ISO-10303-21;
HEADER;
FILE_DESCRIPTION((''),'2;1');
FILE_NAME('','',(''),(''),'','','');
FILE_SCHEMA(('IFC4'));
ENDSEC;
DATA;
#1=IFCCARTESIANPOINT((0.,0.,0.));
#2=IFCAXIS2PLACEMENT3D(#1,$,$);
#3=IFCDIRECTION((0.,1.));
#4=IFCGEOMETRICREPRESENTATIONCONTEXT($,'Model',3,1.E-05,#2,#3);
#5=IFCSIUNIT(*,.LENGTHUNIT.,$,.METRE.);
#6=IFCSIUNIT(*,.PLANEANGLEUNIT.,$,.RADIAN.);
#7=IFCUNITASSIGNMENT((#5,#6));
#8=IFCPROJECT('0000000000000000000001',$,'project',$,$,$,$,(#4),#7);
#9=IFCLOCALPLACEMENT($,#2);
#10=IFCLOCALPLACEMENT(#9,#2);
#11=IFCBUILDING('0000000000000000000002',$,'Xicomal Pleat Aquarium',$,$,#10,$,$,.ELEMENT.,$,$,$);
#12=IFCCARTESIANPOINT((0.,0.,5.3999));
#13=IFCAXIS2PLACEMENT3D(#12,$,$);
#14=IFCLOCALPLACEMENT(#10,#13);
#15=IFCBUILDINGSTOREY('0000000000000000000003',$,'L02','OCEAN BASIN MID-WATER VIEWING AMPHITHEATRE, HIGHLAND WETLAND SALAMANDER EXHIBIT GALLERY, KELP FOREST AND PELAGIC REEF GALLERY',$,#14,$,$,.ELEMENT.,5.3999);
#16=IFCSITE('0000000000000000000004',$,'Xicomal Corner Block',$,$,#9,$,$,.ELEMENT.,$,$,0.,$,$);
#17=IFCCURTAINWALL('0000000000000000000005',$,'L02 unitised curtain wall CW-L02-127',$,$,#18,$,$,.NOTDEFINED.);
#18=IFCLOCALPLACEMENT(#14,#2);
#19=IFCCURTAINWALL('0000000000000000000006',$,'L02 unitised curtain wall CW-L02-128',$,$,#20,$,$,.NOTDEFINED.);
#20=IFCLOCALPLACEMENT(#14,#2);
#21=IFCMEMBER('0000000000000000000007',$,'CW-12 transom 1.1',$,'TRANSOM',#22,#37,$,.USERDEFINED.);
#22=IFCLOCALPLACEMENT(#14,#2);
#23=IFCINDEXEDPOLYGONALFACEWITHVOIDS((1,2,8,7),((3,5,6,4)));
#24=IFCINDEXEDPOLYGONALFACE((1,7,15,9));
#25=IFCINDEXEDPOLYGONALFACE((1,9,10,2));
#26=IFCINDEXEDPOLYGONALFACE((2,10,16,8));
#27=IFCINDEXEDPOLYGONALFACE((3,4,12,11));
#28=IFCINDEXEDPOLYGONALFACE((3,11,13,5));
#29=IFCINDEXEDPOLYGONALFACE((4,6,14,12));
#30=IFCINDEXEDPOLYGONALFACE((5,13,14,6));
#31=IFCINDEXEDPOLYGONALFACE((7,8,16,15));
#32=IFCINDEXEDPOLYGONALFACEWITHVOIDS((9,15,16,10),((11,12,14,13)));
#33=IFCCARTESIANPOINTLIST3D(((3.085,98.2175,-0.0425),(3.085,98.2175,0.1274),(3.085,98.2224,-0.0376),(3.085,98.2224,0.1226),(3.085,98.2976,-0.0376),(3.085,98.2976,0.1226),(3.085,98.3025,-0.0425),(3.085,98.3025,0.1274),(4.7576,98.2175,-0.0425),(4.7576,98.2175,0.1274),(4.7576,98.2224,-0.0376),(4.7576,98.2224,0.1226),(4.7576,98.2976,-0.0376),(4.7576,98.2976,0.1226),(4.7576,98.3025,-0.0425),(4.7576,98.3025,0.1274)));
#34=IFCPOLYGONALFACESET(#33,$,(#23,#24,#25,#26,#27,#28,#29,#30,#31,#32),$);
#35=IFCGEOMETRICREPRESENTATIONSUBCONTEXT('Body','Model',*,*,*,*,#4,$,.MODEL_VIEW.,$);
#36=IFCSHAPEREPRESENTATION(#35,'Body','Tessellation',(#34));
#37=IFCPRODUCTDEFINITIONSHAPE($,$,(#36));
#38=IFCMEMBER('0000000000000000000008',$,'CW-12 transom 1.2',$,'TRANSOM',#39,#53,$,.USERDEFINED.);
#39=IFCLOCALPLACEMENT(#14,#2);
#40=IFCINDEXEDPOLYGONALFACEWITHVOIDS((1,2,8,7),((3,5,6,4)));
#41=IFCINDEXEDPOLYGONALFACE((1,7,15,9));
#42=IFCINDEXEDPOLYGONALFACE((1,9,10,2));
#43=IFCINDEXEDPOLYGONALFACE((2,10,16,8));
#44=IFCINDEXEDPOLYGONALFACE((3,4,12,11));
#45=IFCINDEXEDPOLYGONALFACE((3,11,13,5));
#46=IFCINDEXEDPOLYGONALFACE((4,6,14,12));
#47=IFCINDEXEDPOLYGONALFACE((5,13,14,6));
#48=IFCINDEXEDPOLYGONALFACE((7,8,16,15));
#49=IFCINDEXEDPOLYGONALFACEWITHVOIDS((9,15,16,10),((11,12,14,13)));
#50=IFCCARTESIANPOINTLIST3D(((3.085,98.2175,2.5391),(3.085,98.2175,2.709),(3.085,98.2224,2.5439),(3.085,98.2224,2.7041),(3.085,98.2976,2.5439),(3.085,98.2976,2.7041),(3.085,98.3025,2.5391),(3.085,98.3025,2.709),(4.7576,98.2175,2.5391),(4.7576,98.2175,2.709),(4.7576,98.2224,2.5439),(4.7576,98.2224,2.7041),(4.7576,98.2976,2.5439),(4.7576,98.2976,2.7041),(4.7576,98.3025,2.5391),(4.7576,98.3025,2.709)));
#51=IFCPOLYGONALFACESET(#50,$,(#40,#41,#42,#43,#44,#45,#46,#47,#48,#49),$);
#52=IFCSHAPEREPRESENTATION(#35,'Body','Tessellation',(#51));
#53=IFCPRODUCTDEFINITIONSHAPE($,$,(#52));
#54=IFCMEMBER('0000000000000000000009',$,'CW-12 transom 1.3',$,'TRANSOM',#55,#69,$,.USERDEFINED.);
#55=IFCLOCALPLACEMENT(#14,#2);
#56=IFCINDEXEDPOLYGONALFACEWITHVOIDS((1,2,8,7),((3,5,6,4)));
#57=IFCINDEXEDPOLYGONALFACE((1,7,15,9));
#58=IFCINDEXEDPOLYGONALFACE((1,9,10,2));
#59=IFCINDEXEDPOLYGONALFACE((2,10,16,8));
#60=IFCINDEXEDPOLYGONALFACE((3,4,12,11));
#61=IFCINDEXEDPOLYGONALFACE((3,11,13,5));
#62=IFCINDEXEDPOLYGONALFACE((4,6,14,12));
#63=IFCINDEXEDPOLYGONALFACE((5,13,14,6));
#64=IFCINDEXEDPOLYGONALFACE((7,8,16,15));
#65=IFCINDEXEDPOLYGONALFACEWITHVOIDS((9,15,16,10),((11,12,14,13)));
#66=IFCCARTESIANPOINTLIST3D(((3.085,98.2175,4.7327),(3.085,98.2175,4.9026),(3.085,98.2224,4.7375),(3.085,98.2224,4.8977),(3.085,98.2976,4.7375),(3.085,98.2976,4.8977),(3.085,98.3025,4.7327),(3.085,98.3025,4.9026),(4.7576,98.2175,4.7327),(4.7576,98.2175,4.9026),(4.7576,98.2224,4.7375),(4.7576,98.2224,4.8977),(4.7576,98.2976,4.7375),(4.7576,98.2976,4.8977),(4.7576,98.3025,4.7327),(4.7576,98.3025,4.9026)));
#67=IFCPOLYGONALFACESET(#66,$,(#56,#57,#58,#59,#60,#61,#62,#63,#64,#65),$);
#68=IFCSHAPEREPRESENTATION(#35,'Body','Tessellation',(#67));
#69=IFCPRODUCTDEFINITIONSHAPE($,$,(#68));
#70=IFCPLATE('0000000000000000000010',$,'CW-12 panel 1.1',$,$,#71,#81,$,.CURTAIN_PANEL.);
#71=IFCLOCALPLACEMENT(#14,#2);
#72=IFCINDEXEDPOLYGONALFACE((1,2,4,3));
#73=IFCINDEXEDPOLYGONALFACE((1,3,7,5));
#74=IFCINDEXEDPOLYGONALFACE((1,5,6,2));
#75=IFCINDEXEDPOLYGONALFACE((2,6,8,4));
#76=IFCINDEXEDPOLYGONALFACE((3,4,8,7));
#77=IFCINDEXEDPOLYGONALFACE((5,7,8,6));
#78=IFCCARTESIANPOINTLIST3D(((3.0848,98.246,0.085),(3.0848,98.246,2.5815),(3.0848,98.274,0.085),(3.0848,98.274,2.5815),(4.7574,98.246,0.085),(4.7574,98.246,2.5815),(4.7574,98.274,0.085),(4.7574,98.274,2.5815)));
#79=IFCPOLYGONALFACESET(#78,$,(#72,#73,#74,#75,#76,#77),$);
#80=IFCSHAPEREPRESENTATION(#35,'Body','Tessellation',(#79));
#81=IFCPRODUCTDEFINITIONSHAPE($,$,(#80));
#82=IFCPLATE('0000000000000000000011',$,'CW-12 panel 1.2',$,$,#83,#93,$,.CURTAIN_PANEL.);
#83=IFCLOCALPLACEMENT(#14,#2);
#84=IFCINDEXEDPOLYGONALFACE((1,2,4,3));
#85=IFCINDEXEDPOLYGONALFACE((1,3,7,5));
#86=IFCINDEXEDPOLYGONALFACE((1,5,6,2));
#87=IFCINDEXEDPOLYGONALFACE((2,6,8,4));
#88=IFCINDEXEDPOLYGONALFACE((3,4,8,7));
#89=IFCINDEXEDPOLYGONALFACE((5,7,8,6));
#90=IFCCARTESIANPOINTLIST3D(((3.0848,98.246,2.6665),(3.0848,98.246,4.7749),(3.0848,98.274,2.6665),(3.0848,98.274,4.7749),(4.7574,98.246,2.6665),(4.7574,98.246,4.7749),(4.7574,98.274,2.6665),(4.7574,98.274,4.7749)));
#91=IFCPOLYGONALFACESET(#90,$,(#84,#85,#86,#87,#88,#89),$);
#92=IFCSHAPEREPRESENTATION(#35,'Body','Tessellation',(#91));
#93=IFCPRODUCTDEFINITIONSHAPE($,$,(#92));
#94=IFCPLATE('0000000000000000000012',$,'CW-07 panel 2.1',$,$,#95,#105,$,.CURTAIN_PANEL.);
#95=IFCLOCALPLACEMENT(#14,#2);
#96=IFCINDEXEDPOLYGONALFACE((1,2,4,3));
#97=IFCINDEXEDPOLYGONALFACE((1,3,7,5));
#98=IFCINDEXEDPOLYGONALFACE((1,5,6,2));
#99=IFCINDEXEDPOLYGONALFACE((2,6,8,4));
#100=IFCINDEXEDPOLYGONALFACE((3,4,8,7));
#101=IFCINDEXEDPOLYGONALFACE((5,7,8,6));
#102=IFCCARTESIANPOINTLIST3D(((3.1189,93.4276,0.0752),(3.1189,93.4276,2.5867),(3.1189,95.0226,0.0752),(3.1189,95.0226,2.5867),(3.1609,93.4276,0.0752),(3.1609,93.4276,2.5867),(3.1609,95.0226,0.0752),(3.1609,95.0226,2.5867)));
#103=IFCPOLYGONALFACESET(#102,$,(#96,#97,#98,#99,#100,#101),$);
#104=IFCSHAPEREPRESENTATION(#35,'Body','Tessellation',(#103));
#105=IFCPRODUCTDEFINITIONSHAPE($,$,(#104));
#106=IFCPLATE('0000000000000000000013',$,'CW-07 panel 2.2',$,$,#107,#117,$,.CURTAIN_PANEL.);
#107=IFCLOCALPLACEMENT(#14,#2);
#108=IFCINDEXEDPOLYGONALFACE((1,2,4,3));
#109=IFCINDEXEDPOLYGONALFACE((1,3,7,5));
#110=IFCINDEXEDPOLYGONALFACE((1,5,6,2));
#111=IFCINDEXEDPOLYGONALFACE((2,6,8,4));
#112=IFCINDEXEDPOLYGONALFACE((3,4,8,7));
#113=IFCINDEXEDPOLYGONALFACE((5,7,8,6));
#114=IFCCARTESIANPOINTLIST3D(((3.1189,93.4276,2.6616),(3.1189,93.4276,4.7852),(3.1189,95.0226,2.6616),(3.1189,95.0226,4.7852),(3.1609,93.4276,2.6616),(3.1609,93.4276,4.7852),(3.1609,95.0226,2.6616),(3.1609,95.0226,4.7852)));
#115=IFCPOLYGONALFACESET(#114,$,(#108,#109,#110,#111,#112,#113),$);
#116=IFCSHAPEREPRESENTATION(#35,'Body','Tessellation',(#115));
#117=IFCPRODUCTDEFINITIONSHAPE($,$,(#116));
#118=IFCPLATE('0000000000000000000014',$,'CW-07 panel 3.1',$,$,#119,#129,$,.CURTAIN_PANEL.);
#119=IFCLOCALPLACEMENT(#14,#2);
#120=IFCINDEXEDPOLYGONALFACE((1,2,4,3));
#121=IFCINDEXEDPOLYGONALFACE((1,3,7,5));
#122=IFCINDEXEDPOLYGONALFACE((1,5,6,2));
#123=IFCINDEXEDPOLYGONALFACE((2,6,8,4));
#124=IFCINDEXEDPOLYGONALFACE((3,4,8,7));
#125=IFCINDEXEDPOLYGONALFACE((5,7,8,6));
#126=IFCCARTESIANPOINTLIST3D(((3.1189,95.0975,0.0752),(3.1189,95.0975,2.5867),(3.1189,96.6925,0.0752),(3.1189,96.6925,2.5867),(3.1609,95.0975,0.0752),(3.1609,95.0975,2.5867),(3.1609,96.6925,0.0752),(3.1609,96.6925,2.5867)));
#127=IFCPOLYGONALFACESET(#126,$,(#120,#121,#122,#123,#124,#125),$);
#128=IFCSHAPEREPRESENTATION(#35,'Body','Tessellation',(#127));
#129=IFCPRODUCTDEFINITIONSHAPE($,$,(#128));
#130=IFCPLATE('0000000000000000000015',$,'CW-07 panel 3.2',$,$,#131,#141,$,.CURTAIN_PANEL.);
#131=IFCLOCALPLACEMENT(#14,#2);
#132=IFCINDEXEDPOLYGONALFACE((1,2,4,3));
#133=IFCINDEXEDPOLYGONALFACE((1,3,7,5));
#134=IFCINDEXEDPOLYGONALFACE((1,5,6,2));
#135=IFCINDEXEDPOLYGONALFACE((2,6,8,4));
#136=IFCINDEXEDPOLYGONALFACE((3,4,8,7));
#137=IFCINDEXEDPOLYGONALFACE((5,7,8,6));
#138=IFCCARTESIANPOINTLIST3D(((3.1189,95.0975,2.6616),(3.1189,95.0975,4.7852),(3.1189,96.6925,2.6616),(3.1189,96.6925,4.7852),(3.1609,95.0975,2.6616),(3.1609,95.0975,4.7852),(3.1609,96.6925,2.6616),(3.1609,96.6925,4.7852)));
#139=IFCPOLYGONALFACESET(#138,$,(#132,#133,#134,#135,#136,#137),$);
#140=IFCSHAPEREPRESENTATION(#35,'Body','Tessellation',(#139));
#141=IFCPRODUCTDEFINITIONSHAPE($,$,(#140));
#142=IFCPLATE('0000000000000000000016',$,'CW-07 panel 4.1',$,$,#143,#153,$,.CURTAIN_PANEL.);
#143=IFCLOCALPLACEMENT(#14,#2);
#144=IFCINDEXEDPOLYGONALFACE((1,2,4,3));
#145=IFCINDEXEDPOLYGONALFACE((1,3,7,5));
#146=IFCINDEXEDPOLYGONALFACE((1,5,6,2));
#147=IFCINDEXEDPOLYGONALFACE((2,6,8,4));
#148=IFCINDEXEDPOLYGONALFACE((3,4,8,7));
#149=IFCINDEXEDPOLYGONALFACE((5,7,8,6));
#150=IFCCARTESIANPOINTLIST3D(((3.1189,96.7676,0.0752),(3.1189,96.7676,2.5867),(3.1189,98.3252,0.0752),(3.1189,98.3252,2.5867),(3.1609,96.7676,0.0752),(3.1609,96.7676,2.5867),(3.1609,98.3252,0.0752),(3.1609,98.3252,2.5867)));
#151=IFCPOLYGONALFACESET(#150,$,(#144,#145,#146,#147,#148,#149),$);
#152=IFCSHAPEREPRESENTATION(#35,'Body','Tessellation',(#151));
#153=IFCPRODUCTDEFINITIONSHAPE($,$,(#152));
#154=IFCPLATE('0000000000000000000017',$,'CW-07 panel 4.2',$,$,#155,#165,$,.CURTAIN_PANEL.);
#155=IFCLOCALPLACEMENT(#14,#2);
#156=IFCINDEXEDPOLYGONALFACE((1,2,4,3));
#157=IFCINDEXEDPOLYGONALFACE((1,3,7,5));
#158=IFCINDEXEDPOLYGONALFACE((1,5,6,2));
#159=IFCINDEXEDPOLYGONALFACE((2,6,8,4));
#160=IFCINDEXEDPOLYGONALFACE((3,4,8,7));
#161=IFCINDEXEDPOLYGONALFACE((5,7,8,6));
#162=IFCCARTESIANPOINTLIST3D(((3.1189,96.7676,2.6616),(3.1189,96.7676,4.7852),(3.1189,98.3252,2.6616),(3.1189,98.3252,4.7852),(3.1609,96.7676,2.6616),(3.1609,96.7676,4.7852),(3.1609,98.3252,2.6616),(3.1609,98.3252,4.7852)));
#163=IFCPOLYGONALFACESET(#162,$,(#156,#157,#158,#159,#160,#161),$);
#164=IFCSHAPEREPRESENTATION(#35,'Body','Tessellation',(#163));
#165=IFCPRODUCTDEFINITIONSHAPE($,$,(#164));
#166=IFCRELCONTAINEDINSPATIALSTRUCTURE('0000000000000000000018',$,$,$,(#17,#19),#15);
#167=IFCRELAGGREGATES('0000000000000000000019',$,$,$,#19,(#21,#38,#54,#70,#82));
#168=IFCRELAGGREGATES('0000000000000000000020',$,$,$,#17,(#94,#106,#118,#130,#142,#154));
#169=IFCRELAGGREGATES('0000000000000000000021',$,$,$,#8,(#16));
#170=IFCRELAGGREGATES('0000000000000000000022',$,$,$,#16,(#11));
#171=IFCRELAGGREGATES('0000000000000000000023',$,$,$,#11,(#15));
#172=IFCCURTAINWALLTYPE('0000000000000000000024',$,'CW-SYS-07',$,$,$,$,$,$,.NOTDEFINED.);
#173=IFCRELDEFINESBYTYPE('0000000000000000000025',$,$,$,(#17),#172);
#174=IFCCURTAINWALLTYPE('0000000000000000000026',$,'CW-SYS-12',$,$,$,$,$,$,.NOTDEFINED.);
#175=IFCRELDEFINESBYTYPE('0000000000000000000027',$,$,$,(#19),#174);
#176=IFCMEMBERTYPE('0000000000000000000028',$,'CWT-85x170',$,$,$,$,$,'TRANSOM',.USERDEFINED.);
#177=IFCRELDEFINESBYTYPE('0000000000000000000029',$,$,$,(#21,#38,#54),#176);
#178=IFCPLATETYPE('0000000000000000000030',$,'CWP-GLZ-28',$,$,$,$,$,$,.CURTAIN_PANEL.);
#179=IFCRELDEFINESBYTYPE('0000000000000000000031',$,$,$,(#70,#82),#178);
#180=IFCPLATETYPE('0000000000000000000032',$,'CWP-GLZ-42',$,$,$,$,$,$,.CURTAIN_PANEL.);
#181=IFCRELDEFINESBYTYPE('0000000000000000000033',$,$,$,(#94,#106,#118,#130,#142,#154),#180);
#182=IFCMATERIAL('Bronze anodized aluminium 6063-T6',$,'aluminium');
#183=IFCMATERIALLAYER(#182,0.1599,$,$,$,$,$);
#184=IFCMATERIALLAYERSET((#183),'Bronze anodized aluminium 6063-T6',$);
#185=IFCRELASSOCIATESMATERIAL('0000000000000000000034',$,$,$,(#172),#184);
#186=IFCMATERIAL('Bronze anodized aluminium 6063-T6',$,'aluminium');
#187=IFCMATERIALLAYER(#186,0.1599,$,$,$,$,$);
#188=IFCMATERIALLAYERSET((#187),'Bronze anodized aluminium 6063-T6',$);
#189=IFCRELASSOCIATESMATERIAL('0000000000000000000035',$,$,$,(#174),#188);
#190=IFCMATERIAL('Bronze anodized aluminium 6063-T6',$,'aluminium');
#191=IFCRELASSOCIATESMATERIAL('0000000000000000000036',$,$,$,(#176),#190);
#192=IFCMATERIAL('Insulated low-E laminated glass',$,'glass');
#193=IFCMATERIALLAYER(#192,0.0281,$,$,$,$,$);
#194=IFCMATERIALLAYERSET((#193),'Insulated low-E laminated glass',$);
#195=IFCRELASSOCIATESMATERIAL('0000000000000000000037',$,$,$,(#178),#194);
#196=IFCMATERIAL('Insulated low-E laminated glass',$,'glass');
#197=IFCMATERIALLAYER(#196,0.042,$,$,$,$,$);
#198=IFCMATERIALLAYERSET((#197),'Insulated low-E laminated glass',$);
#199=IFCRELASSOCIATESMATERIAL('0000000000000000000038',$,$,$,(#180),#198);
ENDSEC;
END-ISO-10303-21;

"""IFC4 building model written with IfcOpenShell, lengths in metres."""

from ifc_helpers import new_model, si_unit, direction, frame, origin, origin_2d, place, context, subcontext, project, spatial, rectangle, hollow_rectangle, extrude, material, layer, layer_set, material_profile, profile_set, type_object, element, aggregate, save


model = new_model("IFC4")

# Units and contexts
model_context = context("Model", 3, precision=1e-05, world=origin(), true_north=direction((0.0, 1.0)))
body_context = subcontext(model_context, "Body", "Model", "MODEL_VIEW")
ifc_project = project(units=[si_unit("LENGTHUNIT", "METRE"), si_unit("PLANEANGLEUNIT", "RADIAN")], contexts=[model_context])

# Site, building, storey
site_placement = place(None, origin())
site = spatial("IfcSite", under=ifc_project, at=site_placement, Name="Xicomal Corner Block", CompositionType="ELEMENT", RefElevation=0.0)
building_placement = place(site_placement, origin())
building = spatial("IfcBuilding", under=site, at=building_placement, Name="Xicomal Pleat Aquarium", CompositionType="ELEMENT")
storey_placement = place(building_placement, frame((0.0, 0.0, 5.3999)))
storey = spatial("IfcBuildingStorey", under=building, at=storey_placement, Name="L02", Description="OCEAN BASIN MID-WATER VIEWING AMPHITHEATRE, HIGHLAND WETLAND SALAMANDER EXHIBIT GALLERY, KELP FOREST AND PELAGIC REEF GALLERY", CompositionType="ELEMENT", Elevation=5.3999)

# Curtain wall
ifc_material_1 = material(Name="Bronze anodized aluminium 6063-T6", Category="aluminium")
ifc_layer_1 = layer(ifc_material_1, 0.1599)
ifc_layer_set_1 = layer_set([ifc_layer_1], Name="Bronze anodized aluminium 6063-T6")
curtain_wall_type_1 = type_object("IfcCurtainWallType", Name="CW-SYS-07", PredefinedType="NOTDEFINED", material=ifc_layer_set_1)
curtain_wall_1_placement = place(storey_placement, origin())
curtain_wall_1 = element("IfcCurtainWall", 1, at=curtain_wall_1_placement, inside=storey, type_object=curtain_wall_type_1, Name="L02 unitised curtain wall CW-L02-127", PredefinedType="NOTDEFINED")

# Curtain wall
ifc_material_2 = material(Name="Bronze anodized aluminium 6063-T6", Category="aluminium")
ifc_layer_2 = layer(ifc_material_2, 0.1599)
ifc_layer_set_2 = layer_set([ifc_layer_2], Name="Bronze anodized aluminium 6063-T6")
curtain_wall_type_2 = type_object("IfcCurtainWallType", Name="CW-SYS-12", PredefinedType="NOTDEFINED", material=ifc_layer_set_2)
curtain_wall_2_placement = place(storey_placement, origin())
curtain_wall_2 = element("IfcCurtainWall", 2, at=curtain_wall_2_placement, inside=storey, type_object=curtain_wall_type_2, Name="L02 unitised curtain wall CW-L02-128", PredefinedType="NOTDEFINED")

# Members
ifc_material_3 = material(Name="Bronze anodized aluminium 6063-T6", Category="aluminium")
ifc_material_profile_1 = material_profile(ifc_material_3, hollow_rectangle(XDim=0.085, YDim=0.1699, WallThickness=0.0049, at=origin_2d()), Name="ALU TRAN 85x170")
ifc_profile_set_1 = profile_set([ifc_material_profile_1], Name="Bronze anodized aluminium 6063-T6")
member_type_1 = type_object("IfcMemberType", Name="CWT-85x170", ElementType="TRANSOM", PredefinedType="USERDEFINED", material=ifc_profile_set_1)
member_1_placement = place(storey_placement, frame((3.085, 98.26, 0.0425), z_axis=(1.0, 0.0, 0.0), x_axis=(0.0, 1.0, 0.0)))
member_1 = element("IfcMember", 3, at=member_1_placement, type_object=member_type_1, Name="CW-12 transom 1.1", ObjectType="TRANSOM", PredefinedType="USERDEFINED", context=body_context, shape_type="SweptSolid", body=[
    extrude(hollow_rectangle(XDim=0.085, YDim=0.1699, WallThickness=0.0049, at=origin_2d()), origin(), (0.0, 0.0, 1.0), 1.6726),
])
member_2_placement = place(storey_placement, frame((3.085, 98.26, 2.624), z_axis=(1.0, 0.0, 0.0), x_axis=(0.0, 1.0, 0.0)))
member_2 = element("IfcMember", 4, at=member_2_placement, type_object=member_type_1, Name="CW-12 transom 1.2", ObjectType="TRANSOM", PredefinedType="USERDEFINED", context=body_context, shape_type="SweptSolid", body=[
    extrude(hollow_rectangle(XDim=0.085, YDim=0.1699, WallThickness=0.0049, at=origin_2d()), origin(), (0.0, 0.0, 1.0), 1.6726),
])
member_3_placement = place(storey_placement, frame((3.085, 98.26, 4.8176), z_axis=(1.0, 0.0, 0.0), x_axis=(0.0, 1.0, 0.0)))
member_3 = element("IfcMember", 5, at=member_3_placement, type_object=member_type_1, Name="CW-12 transom 1.3", ObjectType="TRANSOM", PredefinedType="USERDEFINED", context=body_context, shape_type="SweptSolid", body=[
    extrude(hollow_rectangle(XDim=0.085, YDim=0.1699, WallThickness=0.0049, at=origin_2d()), origin(), (0.0, 0.0, 1.0), 1.6726),
])

# Plates
ifc_material_4 = material(Name="Insulated low-E laminated glass", Category="glass")
ifc_layer_3 = layer(ifc_material_4, 0.0281)
ifc_layer_set_3 = layer_set([ifc_layer_3], Name="Insulated low-E laminated glass")
plate_type_1 = type_object("IfcPlateType", Name="CWP-GLZ-28", PredefinedType="CURTAIN_PANEL", material=ifc_layer_set_3)
plate_1_placement = place(storey_placement, frame((3.9211, 98.26, 0.085), z_axis=(0.0, 0.0, 1.0), x_axis=(1.0, 0.0, 0.0)))
plate_1 = element("IfcPlate", 6, at=plate_1_placement, type_object=plate_type_1, Name="CW-12 panel 1.1", PredefinedType="CURTAIN_PANEL", context=body_context, shape_type="SweptSolid", body=[
    extrude(rectangle(XDim=1.6726, YDim=0.0281, at=origin_2d()), origin(), (0.0, 0.0, 1.0), 2.4966),
])
plate_2_placement = place(storey_placement, frame((3.9211, 98.26, 2.6665), z_axis=(0.0, 0.0, 1.0), x_axis=(1.0, 0.0, 0.0)))
plate_2 = element("IfcPlate", 7, at=plate_2_placement, type_object=plate_type_1, Name="CW-12 panel 1.2", PredefinedType="CURTAIN_PANEL", context=body_context, shape_type="SweptSolid", body=[
    extrude(rectangle(XDim=1.6726, YDim=0.0281, at=origin_2d()), origin(), (0.0, 0.0, 1.0), 2.1084),
])
aggregate(curtain_wall_2, [member_1, member_2, member_3, plate_1, plate_2])
ifc_material_5 = material(Name="Insulated low-E laminated glass", Category="glass")
ifc_layer_4 = layer(ifc_material_5, 0.042)
ifc_layer_set_4 = layer_set([ifc_layer_4], Name="Insulated low-E laminated glass")
plate_type_2 = type_object("IfcPlateType", Name="CWP-GLZ-42", PredefinedType="CURTAIN_PANEL", material=ifc_layer_set_4)
plate_3_placement = place(storey_placement, frame((3.1399, 94.2251, 0.0752), z_axis=(0.0, 0.0, 1.0), x_axis=(0.0, 1.0, 0.0)))
plate_3 = element("IfcPlate", 8, at=plate_3_placement, type_object=plate_type_2, Name="CW-07 panel 2.1", PredefinedType="CURTAIN_PANEL", context=body_context, shape_type="SweptSolid", body=[
    extrude(rectangle(XDim=1.595, YDim=0.042, at=origin_2d()), origin(), (0.0, 0.0, 1.0), 2.5115),
])
plate_4_placement = place(storey_placement, frame((3.1399, 94.2251, 2.6616), z_axis=(0.0, 0.0, 1.0), x_axis=(0.0, 1.0, 0.0)))
plate_4 = element("IfcPlate", 9, at=plate_4_placement, type_object=plate_type_2, Name="CW-07 panel 2.2", PredefinedType="CURTAIN_PANEL", context=body_context, shape_type="SweptSolid", body=[
    extrude(rectangle(XDim=1.595, YDim=0.042, at=origin_2d()), origin(), (0.0, 0.0, 1.0), 2.1235),
])
plate_5_placement = place(storey_placement, frame((3.1399, 95.895, 0.0752), z_axis=(0.0, 0.0, 1.0), x_axis=(0.0, 1.0, 0.0)))
plate_5 = element("IfcPlate", 10, at=plate_5_placement, type_object=plate_type_2, Name="CW-07 panel 3.1", PredefinedType="CURTAIN_PANEL", context=body_context, shape_type="SweptSolid", body=[
    extrude(rectangle(XDim=1.595, YDim=0.042, at=origin_2d()), origin(), (0.0, 0.0, 1.0), 2.5115),
])
plate_6_placement = place(storey_placement, frame((3.1399, 95.895, 2.6616), z_axis=(0.0, 0.0, 1.0), x_axis=(0.0, 1.0, 0.0)))
plate_6 = element("IfcPlate", 11, at=plate_6_placement, type_object=plate_type_2, Name="CW-07 panel 3.2", PredefinedType="CURTAIN_PANEL", context=body_context, shape_type="SweptSolid", body=[
    extrude(rectangle(XDim=1.595, YDim=0.042, at=origin_2d()), origin(), (0.0, 0.0, 1.0), 2.1235),
])
plate_7_placement = place(storey_placement, frame((3.1399, 97.5464, 0.0752), z_axis=(0.0, 0.0, 1.0), x_axis=(0.0, 1.0, 0.0)))
plate_7 = element("IfcPlate", 12, at=plate_7_placement, type_object=plate_type_2, Name="CW-07 panel 4.1", PredefinedType="CURTAIN_PANEL", context=body_context, shape_type="SweptSolid", body=[
    extrude(rectangle(XDim=1.5576, YDim=0.042, at=origin_2d()), origin(), (0.0, 0.0, 1.0), 2.5115),
])
plate_8_placement = place(storey_placement, frame((3.1399, 97.5464, 2.6616), z_axis=(0.0, 0.0, 1.0), x_axis=(0.0, 1.0, 0.0)))
plate_8 = element("IfcPlate", 13, at=plate_8_placement, type_object=plate_type_2, Name="CW-07 panel 4.2", PredefinedType="CURTAIN_PANEL", context=body_context, shape_type="SweptSolid", body=[
    extrude(rectangle(XDim=1.5576, YDim=0.042, at=origin_2d()), origin(), (0.0, 0.0, 1.0), 2.1235),
])
aggregate(curtain_wall_1, [plate_3, plate_4, plate_5, plate_6, plate_7, plate_8])

save(model, "model.ifc")
